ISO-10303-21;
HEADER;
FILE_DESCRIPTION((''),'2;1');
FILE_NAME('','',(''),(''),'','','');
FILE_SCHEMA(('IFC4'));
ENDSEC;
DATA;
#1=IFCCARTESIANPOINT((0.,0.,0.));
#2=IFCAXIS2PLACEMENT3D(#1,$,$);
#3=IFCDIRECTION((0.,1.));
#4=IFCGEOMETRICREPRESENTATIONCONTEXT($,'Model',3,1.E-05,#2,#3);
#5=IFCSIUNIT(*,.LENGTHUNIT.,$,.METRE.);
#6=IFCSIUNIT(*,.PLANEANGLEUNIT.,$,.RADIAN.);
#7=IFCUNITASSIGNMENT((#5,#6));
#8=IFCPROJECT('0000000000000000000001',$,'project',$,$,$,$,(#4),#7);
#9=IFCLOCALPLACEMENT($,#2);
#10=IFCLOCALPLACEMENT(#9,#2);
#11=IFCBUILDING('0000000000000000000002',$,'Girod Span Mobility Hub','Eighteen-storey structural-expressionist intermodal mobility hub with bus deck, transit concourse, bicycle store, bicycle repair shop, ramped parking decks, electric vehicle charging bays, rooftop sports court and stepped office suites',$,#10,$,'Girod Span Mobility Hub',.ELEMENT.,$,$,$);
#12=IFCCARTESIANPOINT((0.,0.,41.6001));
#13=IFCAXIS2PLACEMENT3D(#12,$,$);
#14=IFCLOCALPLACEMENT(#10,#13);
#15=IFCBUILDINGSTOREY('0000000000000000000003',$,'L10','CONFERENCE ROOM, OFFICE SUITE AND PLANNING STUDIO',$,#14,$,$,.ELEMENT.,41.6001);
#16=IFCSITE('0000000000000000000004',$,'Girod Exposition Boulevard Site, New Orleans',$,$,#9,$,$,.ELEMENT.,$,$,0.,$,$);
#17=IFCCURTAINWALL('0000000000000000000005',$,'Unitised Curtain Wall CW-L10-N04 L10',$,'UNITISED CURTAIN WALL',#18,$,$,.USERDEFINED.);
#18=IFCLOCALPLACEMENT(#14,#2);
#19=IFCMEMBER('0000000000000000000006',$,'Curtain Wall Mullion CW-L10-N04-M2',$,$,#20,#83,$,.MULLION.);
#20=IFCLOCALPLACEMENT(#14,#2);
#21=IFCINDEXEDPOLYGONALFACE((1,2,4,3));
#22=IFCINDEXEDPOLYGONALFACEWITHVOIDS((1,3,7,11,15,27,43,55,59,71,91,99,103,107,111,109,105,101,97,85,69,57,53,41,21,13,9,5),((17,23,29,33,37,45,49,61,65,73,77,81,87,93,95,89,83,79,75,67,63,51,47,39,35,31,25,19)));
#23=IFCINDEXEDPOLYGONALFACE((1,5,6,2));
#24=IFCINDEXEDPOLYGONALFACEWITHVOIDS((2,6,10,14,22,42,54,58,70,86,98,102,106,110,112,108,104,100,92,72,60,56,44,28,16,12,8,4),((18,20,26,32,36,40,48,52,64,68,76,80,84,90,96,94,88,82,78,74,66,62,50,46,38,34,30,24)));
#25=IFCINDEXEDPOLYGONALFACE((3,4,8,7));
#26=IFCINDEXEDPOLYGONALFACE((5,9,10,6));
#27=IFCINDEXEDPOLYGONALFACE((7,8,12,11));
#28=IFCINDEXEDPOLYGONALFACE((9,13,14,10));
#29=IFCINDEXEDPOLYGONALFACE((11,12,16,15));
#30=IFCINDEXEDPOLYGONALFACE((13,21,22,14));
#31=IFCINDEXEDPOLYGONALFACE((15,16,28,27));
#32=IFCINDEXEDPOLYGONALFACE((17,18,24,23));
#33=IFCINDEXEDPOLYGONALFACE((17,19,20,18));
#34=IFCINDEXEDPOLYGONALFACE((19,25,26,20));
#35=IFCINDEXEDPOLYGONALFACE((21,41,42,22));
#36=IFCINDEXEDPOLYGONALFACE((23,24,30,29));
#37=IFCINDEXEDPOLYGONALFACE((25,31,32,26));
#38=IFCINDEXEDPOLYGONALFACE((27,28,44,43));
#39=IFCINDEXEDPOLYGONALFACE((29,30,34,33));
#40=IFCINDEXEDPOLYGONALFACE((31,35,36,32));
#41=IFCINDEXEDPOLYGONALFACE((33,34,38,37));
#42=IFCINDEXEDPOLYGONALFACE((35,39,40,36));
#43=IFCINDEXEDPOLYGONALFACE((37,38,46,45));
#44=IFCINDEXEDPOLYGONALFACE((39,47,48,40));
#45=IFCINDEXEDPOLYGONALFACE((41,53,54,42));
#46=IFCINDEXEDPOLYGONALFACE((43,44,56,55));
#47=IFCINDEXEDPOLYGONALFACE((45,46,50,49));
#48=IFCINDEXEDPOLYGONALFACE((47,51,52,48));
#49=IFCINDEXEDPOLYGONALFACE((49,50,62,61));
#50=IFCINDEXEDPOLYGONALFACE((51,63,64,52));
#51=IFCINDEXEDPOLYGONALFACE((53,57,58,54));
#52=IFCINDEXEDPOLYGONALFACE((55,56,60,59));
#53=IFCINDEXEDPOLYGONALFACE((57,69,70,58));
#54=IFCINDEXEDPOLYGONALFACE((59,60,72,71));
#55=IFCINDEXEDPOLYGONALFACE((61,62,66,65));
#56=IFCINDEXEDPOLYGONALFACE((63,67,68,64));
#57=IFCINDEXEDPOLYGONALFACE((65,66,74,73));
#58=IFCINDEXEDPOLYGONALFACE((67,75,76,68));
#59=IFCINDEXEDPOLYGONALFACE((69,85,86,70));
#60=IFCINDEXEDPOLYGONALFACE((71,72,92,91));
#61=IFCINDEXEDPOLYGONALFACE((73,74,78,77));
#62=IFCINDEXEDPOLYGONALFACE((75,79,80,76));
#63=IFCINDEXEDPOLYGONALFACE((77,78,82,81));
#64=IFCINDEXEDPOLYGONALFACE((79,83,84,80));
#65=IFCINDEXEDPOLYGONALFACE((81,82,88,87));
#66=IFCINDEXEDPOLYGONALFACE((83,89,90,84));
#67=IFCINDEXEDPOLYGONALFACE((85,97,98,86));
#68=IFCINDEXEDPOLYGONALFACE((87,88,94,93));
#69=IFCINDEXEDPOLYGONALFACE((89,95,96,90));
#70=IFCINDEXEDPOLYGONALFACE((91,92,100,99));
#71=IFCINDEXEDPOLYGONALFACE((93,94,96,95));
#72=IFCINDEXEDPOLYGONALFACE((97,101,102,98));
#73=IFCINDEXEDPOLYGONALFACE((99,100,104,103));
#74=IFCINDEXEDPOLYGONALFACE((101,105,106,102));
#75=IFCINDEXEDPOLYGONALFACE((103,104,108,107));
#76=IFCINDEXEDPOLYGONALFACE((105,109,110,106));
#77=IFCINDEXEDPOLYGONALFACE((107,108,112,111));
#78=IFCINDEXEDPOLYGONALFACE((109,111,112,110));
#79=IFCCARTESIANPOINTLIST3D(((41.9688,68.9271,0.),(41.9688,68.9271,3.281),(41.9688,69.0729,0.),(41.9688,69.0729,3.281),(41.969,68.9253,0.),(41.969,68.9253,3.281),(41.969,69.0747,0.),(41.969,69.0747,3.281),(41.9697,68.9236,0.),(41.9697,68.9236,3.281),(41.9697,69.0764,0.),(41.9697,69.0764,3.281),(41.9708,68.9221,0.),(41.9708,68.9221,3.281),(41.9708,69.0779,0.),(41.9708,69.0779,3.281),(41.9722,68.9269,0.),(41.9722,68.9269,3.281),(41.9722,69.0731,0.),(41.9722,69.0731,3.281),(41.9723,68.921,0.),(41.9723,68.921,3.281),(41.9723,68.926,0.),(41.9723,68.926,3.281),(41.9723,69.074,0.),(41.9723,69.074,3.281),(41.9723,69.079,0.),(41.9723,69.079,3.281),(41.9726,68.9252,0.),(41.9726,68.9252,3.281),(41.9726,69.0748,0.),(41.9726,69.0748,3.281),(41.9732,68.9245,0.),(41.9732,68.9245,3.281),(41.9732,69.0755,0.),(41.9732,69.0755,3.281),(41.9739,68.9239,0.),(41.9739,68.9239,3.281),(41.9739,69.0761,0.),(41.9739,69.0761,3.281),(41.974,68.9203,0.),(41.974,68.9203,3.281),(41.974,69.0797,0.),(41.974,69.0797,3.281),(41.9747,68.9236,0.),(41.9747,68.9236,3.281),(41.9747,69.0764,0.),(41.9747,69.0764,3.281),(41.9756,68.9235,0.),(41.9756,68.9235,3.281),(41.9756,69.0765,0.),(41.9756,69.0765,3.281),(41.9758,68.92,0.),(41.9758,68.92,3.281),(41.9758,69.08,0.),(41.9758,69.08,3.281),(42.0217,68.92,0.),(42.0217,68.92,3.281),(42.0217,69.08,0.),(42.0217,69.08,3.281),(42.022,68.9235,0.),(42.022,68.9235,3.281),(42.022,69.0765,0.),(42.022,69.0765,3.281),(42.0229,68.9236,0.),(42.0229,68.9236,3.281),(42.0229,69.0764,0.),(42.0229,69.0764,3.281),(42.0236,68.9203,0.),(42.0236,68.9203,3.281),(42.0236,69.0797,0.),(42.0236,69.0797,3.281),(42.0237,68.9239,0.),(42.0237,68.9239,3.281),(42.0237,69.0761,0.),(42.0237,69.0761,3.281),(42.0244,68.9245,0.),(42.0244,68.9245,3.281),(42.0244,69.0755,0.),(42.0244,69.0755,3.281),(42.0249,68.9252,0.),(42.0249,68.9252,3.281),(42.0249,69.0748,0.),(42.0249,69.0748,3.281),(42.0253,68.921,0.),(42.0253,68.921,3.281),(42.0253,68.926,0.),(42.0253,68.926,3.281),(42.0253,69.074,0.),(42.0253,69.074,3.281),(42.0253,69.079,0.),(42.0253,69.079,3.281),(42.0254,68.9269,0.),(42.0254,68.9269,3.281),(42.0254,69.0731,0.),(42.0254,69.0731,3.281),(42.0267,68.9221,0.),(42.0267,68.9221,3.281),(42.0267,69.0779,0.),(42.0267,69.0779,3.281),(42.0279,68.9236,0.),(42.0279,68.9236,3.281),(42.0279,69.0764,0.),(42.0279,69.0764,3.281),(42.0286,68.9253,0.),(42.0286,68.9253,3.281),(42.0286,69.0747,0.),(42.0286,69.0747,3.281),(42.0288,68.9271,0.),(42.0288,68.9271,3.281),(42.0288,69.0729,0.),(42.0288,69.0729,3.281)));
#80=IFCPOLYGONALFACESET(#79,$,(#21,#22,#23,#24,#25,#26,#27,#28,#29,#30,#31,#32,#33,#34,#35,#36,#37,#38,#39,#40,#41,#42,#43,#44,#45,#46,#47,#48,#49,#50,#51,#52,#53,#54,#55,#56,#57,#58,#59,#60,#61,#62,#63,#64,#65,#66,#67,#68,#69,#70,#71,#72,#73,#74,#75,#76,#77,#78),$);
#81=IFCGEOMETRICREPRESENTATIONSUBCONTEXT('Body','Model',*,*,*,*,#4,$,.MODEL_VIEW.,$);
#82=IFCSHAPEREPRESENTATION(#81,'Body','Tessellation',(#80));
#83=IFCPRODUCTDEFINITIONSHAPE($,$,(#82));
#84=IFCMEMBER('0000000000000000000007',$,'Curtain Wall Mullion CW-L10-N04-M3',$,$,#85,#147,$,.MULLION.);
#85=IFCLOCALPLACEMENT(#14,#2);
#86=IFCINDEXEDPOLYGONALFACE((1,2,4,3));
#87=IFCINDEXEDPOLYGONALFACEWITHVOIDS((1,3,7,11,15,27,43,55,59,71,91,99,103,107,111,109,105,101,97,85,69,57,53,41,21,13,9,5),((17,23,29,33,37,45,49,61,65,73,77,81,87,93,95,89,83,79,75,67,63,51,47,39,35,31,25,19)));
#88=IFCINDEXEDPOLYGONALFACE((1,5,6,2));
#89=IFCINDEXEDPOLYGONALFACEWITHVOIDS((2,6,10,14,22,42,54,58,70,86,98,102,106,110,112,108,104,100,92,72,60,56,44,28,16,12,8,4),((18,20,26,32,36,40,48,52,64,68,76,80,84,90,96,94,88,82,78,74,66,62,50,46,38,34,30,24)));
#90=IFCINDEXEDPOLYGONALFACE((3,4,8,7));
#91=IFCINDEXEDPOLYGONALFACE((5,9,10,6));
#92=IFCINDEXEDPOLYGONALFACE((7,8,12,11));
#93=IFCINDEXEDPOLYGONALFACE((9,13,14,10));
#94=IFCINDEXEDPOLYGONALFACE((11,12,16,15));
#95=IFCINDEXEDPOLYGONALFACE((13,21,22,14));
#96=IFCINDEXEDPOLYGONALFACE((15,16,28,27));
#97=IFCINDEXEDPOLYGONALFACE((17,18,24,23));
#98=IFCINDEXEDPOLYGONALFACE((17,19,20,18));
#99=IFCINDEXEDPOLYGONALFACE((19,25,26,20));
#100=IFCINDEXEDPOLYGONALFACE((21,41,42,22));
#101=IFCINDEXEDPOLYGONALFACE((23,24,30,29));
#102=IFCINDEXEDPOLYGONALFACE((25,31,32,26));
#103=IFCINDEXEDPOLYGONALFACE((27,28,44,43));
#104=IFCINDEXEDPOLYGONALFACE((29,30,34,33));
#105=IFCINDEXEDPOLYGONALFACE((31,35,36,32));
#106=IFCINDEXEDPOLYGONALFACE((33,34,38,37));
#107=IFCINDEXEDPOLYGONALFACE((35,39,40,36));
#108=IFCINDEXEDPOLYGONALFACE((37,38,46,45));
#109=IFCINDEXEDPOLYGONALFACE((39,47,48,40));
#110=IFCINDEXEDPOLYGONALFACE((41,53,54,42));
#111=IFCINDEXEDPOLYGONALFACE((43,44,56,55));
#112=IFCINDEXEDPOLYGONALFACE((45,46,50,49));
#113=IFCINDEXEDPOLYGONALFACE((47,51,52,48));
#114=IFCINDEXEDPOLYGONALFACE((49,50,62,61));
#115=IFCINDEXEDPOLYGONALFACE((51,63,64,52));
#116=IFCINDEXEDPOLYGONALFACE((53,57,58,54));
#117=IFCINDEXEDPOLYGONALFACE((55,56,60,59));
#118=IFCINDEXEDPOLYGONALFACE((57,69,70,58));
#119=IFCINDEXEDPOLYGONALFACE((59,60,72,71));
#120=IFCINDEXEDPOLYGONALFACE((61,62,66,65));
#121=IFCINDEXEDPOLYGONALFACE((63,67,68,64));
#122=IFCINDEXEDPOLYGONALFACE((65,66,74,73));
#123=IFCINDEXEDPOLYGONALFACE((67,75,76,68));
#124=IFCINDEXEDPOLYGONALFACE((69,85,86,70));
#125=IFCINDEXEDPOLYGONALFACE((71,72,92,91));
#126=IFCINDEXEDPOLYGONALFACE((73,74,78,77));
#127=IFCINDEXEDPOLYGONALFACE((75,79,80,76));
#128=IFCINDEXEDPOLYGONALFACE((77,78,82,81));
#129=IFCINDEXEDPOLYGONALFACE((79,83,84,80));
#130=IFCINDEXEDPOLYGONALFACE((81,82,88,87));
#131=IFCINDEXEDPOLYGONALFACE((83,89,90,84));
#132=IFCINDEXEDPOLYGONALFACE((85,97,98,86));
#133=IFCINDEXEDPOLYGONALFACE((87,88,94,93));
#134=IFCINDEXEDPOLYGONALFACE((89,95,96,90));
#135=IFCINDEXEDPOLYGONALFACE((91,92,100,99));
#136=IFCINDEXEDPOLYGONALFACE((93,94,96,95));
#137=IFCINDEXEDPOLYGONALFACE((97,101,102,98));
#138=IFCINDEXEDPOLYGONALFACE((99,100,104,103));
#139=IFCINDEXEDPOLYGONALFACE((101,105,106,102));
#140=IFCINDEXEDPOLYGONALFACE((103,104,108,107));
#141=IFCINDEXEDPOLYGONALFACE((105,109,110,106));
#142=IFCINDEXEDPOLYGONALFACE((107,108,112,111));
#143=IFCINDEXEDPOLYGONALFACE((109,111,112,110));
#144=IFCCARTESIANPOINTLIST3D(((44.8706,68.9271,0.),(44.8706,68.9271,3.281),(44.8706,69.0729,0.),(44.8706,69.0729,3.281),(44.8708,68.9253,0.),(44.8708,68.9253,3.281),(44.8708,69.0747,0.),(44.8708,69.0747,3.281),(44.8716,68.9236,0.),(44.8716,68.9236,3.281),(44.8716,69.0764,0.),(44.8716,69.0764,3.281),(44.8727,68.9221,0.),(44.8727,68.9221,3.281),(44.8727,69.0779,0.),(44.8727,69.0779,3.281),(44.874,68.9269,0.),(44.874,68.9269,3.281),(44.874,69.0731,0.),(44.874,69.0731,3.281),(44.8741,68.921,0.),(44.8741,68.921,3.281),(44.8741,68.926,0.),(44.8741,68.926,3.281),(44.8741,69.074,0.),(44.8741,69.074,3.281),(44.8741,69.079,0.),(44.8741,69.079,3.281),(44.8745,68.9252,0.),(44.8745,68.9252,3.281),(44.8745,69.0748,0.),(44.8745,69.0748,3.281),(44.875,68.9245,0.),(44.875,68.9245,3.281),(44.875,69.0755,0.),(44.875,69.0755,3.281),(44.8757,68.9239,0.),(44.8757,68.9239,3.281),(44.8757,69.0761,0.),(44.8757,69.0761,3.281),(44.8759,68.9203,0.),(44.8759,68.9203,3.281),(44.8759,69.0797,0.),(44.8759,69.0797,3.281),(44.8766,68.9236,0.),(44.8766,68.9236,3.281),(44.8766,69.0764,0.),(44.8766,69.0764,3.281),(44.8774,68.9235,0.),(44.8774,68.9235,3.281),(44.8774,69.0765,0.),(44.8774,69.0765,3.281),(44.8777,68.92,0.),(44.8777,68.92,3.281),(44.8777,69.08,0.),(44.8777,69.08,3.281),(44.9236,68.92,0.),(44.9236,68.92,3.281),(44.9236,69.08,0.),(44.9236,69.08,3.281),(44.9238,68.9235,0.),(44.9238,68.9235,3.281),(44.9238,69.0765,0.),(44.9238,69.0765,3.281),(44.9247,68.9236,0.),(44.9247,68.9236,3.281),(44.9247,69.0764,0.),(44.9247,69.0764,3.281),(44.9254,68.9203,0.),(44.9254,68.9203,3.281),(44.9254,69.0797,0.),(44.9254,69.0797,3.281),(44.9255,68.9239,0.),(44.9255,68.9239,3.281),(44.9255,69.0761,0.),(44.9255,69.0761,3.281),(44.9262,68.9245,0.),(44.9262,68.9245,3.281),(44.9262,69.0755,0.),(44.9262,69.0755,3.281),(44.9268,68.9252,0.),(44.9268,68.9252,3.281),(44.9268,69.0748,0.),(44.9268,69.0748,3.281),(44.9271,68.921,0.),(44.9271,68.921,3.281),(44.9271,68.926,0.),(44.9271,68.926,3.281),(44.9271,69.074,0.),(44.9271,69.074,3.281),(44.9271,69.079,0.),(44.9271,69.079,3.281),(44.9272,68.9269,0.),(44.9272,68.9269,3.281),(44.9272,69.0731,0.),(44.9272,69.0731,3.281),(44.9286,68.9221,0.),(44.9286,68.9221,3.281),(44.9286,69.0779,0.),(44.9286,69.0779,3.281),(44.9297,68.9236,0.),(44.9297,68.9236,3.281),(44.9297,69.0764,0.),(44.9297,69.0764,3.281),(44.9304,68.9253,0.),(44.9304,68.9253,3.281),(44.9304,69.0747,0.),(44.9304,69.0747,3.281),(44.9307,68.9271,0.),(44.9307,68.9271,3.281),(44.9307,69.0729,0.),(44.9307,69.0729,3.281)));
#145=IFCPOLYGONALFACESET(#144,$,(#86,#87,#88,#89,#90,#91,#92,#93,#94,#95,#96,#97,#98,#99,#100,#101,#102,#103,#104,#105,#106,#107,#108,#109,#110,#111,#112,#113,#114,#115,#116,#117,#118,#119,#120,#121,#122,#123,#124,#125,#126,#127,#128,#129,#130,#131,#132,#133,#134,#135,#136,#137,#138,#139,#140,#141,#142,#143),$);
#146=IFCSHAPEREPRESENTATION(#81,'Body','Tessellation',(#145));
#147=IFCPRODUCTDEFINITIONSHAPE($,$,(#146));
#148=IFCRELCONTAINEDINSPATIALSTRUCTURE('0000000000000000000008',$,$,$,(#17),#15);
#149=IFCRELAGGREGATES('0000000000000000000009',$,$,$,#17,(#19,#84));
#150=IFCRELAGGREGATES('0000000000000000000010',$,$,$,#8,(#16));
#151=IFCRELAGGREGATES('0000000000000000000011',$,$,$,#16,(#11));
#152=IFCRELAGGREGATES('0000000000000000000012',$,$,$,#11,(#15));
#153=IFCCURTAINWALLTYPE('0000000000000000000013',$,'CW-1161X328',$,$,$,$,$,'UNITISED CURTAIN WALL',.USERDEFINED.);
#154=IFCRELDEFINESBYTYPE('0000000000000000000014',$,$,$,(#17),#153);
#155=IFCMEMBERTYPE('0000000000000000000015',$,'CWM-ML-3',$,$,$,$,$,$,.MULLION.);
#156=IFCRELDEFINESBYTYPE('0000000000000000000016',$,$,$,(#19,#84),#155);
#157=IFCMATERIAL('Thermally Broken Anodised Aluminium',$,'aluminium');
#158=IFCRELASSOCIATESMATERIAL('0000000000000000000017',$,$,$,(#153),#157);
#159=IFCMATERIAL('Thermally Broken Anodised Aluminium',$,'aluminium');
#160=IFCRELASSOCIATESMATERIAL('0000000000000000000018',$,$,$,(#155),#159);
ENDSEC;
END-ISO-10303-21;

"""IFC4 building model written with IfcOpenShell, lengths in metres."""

from ifc_helpers import new_model, si_unit, direction, frame, origin, origin_2d, place, context, subcontext, project, spatial, hollow_rectangle, extrude, material, material_profile, profile_set, type_object, element, aggregate, save


model = new_model("IFC4")

# Units and contexts
model_context = context("Model", 3, precision=1e-05, world=origin(), true_north=direction((0.0, 1.0)))
body_context = subcontext(model_context, "Body", "Model", "MODEL_VIEW")
ifc_project = project(units=[si_unit("LENGTHUNIT", "METRE"), si_unit("PLANEANGLEUNIT", "RADIAN")], contexts=[model_context])

# Site, building, storey
site_placement = place(None, origin())
site = spatial("IfcSite", under=ifc_project, at=site_placement, Name="Girod Exposition Boulevard Site, New Orleans", CompositionType="ELEMENT", RefElevation=0.0)
building_placement = place(site_placement, origin())
building = spatial("IfcBuilding", under=site, at=building_placement, Name="Girod Span Mobility Hub", Description="Eighteen-storey structural-expressionist intermodal mobility hub with bus deck, transit concourse, bicycle store, bicycle repair shop, ramped parking decks, electric vehicle charging bays, rooftop sports court and stepped office suites", LongName="Girod Span Mobility Hub", CompositionType="ELEMENT")
storey_placement = place(building_placement, frame((0.0, 0.0, 41.6001)))
storey = spatial("IfcBuildingStorey", under=building, at=storey_placement, Name="L10", Description="CONFERENCE ROOM, OFFICE SUITE AND PLANNING STUDIO", CompositionType="ELEMENT", Elevation=41.6001)

# Curtain wall, members
ifc_material_1 = material(Name="Thermally Broken Anodised Aluminium", Category="aluminium")
curtain_wall_type = type_object("IfcCurtainWallType", Name="CW-1161X328", ElementType="UNITISED CURTAIN WALL", PredefinedType="USERDEFINED", material=ifc_material_1)
curtain_wall_placement = place(storey_placement, origin())
curtain_wall = element("IfcCurtainWall", 1, at=curtain_wall_placement, inside=storey, type_object=curtain_wall_type, Name="Unitised Curtain Wall CW-L10-N04 L10", ObjectType="UNITISED CURTAIN WALL", PredefinedType="USERDEFINED")
ifc_material_2 = material(Name="Thermally Broken Anodised Aluminium", Category="aluminium")
ifc_material_profile_1 = material_profile(ifc_material_2, hollow_rectangle(XDim=0.1599, YDim=0.0601, WallThickness=0.0034, InnerFilletRadius=0.0034, OuterFilletRadius=0.0071, at=origin_2d()), Name="CW-ML-60X160")
ifc_profile_set_1 = profile_set([ifc_material_profile_1], Name="Thermally Broken Anodised Aluminium")
member_type_1 = type_object("IfcMemberType", Name="CWM-ML-3", PredefinedType="MULLION", material=ifc_profile_set_1)
member_1_placement = place(storey_placement, frame((41.9988, 69.0, 0.0), z_axis=(0.0, 0.0, 1.0), x_axis=(0.0, 1.0, 0.0)))
member_1 = element("IfcMember", 2, at=member_1_placement, type_object=member_type_1, Name="Curtain Wall Mullion CW-L10-N04-M2", PredefinedType="MULLION", context=body_context, shape_type="SweptSolid", body=[
    extrude(hollow_rectangle(XDim=0.1599, YDim=0.0601, WallThickness=0.0034, InnerFilletRadius=0.0034, OuterFilletRadius=0.0071, at=origin_2d()), origin(), (0.0, 0.0, 1.0), 3.281),
])
member_2_placement = place(storey_placement, frame((44.9006, 69.0, 0.0), z_axis=(0.0, 0.0, 1.0), x_axis=(0.0, 1.0, 0.0)))
member_2 = element("IfcMember", 3, at=member_2_placement, type_object=member_type_1, Name="Curtain Wall Mullion CW-L10-N04-M3", PredefinedType="MULLION", context=body_context, shape_type="SweptSolid", body=[
    extrude(hollow_rectangle(XDim=0.1599, YDim=0.0601, WallThickness=0.0034, InnerFilletRadius=0.0034, OuterFilletRadius=0.0071, at=origin_2d()), origin(), (0.0, 0.0, 1.0), 3.281),
])

aggregate(curtain_wall, [member_1, member_2])

save(model, "model.ifc")
